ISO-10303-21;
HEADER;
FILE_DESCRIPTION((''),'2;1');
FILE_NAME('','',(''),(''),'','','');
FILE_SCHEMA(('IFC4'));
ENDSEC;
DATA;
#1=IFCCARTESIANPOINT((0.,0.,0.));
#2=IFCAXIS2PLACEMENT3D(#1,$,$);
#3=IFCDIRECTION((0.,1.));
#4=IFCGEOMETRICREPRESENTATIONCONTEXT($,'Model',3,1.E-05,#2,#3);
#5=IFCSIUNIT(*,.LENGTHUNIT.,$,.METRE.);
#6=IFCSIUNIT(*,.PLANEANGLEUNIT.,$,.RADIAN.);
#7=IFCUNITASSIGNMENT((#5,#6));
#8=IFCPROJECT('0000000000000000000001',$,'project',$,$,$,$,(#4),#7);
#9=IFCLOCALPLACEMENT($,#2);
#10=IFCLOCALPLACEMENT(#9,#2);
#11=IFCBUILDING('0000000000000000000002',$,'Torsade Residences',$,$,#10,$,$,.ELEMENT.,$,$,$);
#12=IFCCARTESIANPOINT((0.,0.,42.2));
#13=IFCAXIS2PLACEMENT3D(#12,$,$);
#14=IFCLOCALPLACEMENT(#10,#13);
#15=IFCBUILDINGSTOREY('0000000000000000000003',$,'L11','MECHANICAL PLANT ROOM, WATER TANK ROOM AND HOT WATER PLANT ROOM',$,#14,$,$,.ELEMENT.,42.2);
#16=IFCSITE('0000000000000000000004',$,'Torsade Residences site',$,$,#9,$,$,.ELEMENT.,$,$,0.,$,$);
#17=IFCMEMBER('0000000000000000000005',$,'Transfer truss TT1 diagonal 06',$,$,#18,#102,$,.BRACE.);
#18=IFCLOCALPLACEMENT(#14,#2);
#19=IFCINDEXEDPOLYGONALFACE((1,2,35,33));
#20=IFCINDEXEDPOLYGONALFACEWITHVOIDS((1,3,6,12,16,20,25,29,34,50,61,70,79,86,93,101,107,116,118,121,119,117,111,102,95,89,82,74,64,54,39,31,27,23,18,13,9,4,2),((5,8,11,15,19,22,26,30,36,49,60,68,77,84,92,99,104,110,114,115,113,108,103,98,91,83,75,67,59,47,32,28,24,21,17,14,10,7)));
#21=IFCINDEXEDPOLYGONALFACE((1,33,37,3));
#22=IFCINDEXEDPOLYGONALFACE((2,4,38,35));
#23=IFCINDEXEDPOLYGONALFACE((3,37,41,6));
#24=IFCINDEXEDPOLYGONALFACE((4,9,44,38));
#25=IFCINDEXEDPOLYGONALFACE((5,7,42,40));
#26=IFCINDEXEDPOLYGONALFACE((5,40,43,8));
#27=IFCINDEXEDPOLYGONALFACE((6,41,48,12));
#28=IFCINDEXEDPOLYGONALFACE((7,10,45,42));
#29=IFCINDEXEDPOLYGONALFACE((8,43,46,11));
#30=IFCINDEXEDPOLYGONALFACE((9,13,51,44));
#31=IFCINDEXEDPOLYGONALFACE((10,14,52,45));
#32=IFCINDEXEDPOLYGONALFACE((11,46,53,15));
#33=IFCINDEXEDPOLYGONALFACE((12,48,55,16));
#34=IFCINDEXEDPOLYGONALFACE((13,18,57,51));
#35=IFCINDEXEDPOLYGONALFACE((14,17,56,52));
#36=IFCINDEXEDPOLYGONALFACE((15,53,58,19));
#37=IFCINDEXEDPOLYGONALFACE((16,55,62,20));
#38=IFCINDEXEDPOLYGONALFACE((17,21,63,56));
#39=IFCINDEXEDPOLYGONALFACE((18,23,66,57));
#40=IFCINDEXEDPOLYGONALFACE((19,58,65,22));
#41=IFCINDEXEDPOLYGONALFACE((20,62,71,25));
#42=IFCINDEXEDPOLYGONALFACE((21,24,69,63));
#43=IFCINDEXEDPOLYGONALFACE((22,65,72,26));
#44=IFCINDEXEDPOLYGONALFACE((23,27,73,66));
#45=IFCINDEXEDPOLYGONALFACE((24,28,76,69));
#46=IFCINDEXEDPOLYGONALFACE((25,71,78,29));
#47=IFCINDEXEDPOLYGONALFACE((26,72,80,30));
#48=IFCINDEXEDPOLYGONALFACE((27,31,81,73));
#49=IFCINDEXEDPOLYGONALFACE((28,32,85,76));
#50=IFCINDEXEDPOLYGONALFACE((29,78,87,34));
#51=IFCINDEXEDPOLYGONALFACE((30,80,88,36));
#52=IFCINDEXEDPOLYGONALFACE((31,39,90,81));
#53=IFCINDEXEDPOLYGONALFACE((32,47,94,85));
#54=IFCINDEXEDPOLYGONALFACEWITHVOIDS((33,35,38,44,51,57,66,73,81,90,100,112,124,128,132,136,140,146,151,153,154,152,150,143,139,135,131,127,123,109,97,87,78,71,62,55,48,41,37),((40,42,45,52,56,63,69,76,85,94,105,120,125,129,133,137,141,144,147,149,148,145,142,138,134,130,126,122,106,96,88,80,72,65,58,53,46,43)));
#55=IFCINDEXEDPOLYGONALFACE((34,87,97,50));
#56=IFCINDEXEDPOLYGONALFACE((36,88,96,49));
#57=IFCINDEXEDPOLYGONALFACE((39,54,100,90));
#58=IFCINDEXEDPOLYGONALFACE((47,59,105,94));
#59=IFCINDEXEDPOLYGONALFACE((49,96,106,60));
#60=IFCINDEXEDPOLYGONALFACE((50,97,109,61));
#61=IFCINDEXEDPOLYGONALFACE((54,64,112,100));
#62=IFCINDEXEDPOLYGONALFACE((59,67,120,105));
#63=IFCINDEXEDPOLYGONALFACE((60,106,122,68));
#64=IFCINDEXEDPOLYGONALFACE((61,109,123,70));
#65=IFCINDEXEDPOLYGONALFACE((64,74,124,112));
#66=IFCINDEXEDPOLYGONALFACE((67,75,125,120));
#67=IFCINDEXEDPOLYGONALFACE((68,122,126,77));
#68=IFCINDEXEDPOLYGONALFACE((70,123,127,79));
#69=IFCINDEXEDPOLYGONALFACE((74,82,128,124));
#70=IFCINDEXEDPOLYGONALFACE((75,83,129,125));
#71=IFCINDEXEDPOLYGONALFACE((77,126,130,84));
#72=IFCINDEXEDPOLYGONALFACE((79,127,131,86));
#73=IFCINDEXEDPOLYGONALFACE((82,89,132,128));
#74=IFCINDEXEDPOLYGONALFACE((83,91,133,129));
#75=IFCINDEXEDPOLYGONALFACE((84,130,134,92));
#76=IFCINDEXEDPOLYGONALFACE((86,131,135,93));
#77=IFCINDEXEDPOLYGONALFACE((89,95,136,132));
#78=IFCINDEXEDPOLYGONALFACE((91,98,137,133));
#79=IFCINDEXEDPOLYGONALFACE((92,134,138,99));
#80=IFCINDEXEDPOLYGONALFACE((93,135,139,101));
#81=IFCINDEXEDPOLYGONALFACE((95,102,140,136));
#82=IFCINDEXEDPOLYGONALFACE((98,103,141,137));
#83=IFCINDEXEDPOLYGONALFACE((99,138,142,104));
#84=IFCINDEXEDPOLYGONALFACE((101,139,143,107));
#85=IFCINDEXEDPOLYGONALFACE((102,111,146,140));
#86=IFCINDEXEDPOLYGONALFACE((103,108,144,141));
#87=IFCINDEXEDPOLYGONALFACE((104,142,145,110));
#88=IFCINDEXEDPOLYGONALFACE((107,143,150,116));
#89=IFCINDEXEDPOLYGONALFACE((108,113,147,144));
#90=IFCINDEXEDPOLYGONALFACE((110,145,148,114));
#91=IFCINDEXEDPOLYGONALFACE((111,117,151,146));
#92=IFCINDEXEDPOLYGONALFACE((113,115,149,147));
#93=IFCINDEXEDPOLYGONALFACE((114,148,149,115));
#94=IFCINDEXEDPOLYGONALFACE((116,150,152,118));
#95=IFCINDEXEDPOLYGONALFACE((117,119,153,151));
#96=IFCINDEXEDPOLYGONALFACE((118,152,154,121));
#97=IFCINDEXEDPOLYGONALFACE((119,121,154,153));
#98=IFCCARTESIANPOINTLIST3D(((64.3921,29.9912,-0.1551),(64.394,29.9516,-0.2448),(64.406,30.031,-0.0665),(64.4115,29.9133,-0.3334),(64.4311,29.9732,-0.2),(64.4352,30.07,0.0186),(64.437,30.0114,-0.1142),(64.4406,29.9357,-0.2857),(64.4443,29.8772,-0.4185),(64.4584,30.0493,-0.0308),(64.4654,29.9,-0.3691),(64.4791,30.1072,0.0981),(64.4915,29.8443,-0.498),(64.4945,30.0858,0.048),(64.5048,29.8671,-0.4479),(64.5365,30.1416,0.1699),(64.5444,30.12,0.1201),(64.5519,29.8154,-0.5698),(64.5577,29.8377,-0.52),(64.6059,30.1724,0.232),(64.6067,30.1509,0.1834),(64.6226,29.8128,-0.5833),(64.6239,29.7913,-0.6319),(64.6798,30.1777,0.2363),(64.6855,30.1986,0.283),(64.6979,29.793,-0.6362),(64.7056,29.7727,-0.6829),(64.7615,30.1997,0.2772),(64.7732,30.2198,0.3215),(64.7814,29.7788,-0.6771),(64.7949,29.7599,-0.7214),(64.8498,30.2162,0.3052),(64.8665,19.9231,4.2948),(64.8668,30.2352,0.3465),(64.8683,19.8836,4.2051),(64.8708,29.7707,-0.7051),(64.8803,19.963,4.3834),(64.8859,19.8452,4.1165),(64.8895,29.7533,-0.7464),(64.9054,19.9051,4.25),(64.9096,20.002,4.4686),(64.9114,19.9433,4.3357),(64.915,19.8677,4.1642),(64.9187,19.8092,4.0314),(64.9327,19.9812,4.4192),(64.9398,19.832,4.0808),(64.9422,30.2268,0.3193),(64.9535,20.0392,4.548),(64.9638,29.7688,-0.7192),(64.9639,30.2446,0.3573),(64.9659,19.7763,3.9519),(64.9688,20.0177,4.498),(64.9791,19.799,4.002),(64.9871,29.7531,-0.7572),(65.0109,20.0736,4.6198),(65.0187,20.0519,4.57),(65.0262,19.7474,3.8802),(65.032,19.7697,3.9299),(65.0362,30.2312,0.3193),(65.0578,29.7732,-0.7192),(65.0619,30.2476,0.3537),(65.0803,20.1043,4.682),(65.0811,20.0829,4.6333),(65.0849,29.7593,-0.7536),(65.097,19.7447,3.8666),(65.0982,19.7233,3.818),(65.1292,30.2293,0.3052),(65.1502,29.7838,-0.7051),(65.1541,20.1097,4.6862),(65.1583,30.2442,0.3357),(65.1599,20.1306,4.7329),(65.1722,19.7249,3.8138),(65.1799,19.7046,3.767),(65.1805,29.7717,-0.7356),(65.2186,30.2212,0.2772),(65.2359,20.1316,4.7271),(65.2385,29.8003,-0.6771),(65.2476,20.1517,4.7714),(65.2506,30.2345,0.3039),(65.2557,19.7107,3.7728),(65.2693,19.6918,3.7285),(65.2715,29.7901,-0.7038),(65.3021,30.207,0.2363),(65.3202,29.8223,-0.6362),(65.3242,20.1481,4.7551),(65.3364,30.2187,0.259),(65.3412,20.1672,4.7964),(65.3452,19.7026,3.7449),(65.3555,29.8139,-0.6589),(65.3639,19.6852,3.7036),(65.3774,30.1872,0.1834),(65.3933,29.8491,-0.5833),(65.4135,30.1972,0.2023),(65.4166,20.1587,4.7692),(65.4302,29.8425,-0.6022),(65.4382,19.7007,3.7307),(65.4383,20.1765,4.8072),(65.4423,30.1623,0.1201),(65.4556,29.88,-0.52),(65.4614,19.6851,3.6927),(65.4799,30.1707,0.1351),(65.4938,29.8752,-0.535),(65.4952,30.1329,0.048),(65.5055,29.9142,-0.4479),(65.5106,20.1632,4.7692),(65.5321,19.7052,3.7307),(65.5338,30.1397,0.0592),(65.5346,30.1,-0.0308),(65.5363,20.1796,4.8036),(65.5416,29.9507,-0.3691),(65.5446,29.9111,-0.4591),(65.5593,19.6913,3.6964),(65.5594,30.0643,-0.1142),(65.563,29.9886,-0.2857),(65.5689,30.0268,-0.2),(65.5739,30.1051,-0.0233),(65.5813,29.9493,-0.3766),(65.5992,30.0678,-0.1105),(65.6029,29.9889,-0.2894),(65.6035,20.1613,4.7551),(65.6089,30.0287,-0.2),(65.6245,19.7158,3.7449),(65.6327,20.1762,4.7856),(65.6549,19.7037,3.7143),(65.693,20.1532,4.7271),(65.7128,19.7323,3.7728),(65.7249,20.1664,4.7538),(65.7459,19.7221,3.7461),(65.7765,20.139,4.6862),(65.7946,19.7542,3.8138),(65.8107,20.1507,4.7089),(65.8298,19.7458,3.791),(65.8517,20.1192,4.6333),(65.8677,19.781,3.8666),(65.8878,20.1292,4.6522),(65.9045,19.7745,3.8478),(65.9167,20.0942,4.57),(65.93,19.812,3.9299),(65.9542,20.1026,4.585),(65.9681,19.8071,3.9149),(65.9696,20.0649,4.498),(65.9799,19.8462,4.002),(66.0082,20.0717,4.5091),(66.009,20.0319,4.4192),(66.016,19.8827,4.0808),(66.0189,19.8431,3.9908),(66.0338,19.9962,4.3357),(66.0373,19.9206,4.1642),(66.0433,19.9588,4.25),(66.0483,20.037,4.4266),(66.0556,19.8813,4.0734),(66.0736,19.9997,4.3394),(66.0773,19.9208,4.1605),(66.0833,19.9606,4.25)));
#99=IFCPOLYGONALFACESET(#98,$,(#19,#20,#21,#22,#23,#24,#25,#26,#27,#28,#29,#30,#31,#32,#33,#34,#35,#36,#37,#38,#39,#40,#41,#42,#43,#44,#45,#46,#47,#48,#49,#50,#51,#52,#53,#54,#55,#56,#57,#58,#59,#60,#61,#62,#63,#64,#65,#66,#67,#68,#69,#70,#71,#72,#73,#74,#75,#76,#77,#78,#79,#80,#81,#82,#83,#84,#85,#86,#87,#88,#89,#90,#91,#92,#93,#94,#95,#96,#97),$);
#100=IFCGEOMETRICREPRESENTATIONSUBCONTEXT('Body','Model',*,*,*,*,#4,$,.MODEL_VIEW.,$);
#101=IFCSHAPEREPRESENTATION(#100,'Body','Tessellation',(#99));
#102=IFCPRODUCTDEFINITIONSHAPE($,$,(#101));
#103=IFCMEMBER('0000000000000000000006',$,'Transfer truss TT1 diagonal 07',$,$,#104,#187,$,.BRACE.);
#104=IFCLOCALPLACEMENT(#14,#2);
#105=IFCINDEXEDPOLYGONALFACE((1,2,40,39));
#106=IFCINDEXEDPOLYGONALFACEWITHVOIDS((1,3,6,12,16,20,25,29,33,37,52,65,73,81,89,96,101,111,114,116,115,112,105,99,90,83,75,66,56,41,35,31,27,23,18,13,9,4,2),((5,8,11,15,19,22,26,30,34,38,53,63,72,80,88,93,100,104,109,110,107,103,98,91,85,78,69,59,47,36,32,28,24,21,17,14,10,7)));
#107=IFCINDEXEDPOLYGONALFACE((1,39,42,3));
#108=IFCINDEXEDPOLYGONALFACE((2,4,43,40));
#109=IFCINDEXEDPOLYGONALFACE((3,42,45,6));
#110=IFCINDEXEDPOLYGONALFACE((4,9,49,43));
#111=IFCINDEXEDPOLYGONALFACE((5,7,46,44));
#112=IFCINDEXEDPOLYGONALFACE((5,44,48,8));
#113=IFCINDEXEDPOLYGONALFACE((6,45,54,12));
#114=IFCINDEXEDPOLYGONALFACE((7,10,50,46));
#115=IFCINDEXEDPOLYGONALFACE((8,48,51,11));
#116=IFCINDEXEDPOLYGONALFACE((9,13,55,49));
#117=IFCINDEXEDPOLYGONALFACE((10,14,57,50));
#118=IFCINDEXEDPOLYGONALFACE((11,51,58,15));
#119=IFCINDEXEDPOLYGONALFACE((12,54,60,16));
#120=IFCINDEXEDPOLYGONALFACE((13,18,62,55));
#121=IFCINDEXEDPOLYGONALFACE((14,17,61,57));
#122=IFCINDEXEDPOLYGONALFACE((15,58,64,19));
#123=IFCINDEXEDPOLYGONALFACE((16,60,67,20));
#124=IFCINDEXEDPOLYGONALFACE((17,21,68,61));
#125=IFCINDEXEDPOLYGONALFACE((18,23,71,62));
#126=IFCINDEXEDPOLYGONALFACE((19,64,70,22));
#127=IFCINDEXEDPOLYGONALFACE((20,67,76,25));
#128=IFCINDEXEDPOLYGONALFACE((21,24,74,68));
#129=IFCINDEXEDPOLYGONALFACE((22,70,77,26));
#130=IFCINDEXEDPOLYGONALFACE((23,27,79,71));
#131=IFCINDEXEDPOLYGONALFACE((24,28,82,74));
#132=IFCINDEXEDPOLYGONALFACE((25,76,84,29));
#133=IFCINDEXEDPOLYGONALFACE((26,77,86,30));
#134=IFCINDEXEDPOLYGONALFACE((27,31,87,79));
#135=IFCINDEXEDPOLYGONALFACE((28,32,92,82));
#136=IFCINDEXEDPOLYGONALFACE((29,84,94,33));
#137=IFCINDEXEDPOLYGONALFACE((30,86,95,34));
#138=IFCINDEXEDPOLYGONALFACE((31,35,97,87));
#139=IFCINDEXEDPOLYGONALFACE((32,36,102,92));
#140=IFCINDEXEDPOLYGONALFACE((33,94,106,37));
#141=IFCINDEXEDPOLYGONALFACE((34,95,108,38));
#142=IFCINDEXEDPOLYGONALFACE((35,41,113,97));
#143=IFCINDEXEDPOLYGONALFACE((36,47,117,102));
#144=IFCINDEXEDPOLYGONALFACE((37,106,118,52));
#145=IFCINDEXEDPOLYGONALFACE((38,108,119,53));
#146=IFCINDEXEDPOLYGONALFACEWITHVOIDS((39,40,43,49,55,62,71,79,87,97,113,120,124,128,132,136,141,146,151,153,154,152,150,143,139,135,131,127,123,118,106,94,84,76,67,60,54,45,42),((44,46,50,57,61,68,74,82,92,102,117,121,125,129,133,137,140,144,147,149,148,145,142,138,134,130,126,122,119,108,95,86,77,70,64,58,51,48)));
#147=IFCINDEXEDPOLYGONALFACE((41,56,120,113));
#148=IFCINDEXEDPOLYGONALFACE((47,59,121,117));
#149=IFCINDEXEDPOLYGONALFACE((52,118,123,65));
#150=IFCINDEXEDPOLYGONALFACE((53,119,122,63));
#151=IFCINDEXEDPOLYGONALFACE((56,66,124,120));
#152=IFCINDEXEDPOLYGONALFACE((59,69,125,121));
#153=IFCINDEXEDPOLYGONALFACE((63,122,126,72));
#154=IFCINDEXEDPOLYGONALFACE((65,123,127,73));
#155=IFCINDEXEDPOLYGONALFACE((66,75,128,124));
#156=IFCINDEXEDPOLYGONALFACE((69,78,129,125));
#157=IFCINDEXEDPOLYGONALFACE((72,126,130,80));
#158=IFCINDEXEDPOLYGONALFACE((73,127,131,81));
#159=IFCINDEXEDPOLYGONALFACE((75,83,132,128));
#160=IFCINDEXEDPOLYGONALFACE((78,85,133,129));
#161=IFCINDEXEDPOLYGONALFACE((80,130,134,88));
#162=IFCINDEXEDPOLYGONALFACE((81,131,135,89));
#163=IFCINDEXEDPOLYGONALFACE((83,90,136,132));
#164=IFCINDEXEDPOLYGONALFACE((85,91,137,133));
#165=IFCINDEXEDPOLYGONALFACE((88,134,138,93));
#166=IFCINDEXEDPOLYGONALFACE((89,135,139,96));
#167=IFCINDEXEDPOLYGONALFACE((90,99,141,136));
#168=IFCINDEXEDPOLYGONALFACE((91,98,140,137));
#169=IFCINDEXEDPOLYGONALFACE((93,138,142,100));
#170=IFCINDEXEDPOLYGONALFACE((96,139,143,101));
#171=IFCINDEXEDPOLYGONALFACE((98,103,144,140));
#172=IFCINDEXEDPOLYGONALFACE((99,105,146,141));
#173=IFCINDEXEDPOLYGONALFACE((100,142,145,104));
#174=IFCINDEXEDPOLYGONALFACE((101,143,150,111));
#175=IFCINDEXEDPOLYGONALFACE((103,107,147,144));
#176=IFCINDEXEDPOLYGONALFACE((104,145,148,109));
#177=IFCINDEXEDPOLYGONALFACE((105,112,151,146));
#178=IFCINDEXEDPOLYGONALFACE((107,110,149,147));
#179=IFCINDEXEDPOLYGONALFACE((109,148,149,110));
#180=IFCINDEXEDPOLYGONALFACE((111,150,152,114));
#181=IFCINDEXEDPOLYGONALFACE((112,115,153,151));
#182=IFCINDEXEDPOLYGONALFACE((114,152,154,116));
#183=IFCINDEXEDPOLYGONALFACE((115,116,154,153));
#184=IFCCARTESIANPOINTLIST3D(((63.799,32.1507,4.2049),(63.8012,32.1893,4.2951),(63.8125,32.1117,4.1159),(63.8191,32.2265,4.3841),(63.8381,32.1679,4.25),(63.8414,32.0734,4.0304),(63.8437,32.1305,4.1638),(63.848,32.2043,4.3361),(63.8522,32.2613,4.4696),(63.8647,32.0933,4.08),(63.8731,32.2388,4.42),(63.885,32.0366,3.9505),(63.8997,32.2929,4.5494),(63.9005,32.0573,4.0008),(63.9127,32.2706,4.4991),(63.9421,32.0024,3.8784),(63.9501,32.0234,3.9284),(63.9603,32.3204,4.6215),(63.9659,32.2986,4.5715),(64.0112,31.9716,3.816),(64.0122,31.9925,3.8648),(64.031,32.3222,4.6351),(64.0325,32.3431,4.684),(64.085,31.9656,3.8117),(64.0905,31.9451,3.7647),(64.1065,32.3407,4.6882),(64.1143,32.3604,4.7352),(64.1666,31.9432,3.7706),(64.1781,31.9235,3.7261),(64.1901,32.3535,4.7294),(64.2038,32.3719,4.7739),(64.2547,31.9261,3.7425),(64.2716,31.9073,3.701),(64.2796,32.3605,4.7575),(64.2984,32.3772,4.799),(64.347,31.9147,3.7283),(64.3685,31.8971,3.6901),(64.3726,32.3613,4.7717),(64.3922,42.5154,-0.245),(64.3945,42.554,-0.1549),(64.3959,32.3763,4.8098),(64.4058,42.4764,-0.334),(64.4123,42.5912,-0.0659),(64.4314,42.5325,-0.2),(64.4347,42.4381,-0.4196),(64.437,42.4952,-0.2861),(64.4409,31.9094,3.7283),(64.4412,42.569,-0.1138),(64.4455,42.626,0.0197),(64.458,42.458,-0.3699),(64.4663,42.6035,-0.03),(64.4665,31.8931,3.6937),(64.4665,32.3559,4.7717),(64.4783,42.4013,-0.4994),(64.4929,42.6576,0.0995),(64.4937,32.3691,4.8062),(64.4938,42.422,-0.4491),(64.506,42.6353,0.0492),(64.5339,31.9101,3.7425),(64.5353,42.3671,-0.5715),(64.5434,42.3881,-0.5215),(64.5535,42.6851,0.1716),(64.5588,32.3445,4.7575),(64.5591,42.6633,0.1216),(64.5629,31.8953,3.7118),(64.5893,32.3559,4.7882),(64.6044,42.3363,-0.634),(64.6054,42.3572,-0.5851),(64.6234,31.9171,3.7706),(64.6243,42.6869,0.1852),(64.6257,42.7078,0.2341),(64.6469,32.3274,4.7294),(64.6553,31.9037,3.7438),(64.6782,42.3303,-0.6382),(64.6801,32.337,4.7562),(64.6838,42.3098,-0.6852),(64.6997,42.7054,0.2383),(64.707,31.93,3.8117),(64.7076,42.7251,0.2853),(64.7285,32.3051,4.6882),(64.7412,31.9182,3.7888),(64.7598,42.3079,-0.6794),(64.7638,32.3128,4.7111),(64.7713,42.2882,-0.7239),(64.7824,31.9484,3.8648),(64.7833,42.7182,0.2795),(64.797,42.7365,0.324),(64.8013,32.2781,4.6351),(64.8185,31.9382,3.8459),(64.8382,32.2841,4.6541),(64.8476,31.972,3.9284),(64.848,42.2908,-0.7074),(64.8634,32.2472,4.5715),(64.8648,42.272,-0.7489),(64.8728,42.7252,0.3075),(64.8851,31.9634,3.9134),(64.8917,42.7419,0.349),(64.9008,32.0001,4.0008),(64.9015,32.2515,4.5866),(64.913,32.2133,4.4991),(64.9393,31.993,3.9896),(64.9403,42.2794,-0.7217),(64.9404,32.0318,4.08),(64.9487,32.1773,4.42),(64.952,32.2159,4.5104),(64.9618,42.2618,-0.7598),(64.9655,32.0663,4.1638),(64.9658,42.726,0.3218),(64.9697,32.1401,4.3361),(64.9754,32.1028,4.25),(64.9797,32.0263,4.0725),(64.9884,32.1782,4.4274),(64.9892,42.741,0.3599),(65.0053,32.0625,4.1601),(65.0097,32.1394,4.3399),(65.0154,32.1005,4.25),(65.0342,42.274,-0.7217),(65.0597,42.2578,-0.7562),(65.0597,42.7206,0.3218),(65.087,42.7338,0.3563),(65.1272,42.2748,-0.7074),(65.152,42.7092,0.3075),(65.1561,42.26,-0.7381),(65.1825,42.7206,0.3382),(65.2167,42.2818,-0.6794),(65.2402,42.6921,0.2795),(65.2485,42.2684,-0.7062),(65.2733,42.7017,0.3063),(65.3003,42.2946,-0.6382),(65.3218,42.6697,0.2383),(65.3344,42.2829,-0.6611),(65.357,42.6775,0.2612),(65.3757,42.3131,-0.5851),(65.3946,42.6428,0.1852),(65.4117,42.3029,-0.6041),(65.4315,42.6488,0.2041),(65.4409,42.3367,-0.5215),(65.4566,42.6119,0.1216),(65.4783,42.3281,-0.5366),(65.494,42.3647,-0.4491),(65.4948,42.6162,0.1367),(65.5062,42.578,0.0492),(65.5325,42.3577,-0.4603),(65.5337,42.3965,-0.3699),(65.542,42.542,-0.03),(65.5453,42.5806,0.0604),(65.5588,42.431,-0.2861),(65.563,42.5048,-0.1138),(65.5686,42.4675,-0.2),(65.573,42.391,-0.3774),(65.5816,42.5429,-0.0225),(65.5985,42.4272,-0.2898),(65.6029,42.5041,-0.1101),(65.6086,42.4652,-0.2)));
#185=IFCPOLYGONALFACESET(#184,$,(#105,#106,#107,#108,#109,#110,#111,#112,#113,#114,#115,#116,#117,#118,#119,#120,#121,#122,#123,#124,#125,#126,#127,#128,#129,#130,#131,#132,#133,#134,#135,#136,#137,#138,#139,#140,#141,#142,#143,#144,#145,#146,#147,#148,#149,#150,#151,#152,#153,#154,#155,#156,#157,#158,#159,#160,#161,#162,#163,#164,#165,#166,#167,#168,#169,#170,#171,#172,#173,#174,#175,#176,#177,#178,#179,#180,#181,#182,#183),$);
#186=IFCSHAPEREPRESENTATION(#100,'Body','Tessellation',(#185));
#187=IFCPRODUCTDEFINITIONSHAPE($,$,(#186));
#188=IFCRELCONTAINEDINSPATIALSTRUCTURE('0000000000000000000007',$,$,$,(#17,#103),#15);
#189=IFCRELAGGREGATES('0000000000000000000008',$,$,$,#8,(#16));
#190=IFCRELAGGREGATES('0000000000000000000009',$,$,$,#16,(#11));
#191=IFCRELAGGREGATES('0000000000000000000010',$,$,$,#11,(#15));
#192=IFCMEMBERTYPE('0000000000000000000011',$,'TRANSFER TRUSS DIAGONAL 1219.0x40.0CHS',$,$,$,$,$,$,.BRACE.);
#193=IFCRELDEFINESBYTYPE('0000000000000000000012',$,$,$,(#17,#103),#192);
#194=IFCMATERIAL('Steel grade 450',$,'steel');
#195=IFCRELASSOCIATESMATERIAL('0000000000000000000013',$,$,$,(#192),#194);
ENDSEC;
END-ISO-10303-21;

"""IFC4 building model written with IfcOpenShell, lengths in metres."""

from ifc_helpers import new_model, si_unit, direction, frame, origin, origin_2d, place, context, subcontext, project, spatial, hollow_circle, extrude, material, material_profile, profile_set, type_object, element, save


model = new_model("IFC4")

# Units and contexts
model_context = context("Model", 3, precision=1e-05, world=origin(), true_north=direction((0.0, 1.0)))
body_context = subcontext(model_context, "Body", "Model", "MODEL_VIEW")
ifc_project = project(units=[si_unit("LENGTHUNIT", "METRE"), si_unit("PLANEANGLEUNIT", "RADIAN")], contexts=[model_context])

# Site, building, storey
site_placement = place(None, origin())
site = spatial("IfcSite", under=ifc_project, at=site_placement, Name="Torsade Residences site", CompositionType="ELEMENT", RefElevation=0.0)
building_placement = place(site_placement, origin())
building = spatial("IfcBuilding", under=site, at=building_placement, Name="Torsade Residences", CompositionType="ELEMENT")
storey_placement = place(building_placement, frame((0.0, 0.0, 42.2)))
storey = spatial("IfcBuildingStorey", under=building, at=storey_placement, Name="L11", Description="MECHANICAL PLANT ROOM, WATER TANK ROOM AND HOT WATER PLANT ROOM", CompositionType="ELEMENT", Elevation=42.2)

# Members
ifc_material_1 = material(Name="Steel grade 450", Category="steel")
ifc_material_profile_1 = material_profile(ifc_material_1, hollow_circle(Radius=0.6096, WallThickness=0.04, at=origin_2d()), Name="1219.0x40.0CHS")
ifc_profile_set_1 = profile_set([ifc_material_profile_1], Name="Steel grade 450")
member_type_1 = type_object("IfcMemberType", Name="TRANSFER TRUSS DIAGONAL 1219.0x40.0CHS", PredefinedType="BRACE", material=ifc_profile_set_1)
member_1_placement = place(storey_placement, frame((65.0, 30.0, -0.2), z_axis=(0.043054, -0.913797, 0.403884), x_axis=(0.998892, 0.047063, 0.0)))
element("IfcMember", 1, at=member_1_placement, inside=storey, type_object=member_type_1, Name="Transfer truss TT1 diagonal 06", PredefinedType="BRACE", context=body_context, shape_type="SweptSolid", body=[
    extrude(hollow_circle(Radius=0.6096, WallThickness=0.04, at=origin_2d()), origin(), (0.0, 0.0, 1.0), 11.0178),
])
member_2_placement = place(storey_placement, frame((65.0, 42.5, -0.2), z_axis=(-0.052523, -0.917622, 0.393968), x_axis=(0.998366, -0.057145, 0.0)))
element("IfcMember", 2, at=member_2_placement, inside=storey, type_object=member_type_1, Name="Transfer truss TT1 diagonal 07", PredefinedType="BRACE", context=body_context, shape_type="SweptSolid", body=[
    extrude(hollow_circle(Radius=0.6096, WallThickness=0.04, at=origin_2d()), origin(), (0.0, 0.0, 1.0), 11.2952),
])

save(model, "model.ifc")
